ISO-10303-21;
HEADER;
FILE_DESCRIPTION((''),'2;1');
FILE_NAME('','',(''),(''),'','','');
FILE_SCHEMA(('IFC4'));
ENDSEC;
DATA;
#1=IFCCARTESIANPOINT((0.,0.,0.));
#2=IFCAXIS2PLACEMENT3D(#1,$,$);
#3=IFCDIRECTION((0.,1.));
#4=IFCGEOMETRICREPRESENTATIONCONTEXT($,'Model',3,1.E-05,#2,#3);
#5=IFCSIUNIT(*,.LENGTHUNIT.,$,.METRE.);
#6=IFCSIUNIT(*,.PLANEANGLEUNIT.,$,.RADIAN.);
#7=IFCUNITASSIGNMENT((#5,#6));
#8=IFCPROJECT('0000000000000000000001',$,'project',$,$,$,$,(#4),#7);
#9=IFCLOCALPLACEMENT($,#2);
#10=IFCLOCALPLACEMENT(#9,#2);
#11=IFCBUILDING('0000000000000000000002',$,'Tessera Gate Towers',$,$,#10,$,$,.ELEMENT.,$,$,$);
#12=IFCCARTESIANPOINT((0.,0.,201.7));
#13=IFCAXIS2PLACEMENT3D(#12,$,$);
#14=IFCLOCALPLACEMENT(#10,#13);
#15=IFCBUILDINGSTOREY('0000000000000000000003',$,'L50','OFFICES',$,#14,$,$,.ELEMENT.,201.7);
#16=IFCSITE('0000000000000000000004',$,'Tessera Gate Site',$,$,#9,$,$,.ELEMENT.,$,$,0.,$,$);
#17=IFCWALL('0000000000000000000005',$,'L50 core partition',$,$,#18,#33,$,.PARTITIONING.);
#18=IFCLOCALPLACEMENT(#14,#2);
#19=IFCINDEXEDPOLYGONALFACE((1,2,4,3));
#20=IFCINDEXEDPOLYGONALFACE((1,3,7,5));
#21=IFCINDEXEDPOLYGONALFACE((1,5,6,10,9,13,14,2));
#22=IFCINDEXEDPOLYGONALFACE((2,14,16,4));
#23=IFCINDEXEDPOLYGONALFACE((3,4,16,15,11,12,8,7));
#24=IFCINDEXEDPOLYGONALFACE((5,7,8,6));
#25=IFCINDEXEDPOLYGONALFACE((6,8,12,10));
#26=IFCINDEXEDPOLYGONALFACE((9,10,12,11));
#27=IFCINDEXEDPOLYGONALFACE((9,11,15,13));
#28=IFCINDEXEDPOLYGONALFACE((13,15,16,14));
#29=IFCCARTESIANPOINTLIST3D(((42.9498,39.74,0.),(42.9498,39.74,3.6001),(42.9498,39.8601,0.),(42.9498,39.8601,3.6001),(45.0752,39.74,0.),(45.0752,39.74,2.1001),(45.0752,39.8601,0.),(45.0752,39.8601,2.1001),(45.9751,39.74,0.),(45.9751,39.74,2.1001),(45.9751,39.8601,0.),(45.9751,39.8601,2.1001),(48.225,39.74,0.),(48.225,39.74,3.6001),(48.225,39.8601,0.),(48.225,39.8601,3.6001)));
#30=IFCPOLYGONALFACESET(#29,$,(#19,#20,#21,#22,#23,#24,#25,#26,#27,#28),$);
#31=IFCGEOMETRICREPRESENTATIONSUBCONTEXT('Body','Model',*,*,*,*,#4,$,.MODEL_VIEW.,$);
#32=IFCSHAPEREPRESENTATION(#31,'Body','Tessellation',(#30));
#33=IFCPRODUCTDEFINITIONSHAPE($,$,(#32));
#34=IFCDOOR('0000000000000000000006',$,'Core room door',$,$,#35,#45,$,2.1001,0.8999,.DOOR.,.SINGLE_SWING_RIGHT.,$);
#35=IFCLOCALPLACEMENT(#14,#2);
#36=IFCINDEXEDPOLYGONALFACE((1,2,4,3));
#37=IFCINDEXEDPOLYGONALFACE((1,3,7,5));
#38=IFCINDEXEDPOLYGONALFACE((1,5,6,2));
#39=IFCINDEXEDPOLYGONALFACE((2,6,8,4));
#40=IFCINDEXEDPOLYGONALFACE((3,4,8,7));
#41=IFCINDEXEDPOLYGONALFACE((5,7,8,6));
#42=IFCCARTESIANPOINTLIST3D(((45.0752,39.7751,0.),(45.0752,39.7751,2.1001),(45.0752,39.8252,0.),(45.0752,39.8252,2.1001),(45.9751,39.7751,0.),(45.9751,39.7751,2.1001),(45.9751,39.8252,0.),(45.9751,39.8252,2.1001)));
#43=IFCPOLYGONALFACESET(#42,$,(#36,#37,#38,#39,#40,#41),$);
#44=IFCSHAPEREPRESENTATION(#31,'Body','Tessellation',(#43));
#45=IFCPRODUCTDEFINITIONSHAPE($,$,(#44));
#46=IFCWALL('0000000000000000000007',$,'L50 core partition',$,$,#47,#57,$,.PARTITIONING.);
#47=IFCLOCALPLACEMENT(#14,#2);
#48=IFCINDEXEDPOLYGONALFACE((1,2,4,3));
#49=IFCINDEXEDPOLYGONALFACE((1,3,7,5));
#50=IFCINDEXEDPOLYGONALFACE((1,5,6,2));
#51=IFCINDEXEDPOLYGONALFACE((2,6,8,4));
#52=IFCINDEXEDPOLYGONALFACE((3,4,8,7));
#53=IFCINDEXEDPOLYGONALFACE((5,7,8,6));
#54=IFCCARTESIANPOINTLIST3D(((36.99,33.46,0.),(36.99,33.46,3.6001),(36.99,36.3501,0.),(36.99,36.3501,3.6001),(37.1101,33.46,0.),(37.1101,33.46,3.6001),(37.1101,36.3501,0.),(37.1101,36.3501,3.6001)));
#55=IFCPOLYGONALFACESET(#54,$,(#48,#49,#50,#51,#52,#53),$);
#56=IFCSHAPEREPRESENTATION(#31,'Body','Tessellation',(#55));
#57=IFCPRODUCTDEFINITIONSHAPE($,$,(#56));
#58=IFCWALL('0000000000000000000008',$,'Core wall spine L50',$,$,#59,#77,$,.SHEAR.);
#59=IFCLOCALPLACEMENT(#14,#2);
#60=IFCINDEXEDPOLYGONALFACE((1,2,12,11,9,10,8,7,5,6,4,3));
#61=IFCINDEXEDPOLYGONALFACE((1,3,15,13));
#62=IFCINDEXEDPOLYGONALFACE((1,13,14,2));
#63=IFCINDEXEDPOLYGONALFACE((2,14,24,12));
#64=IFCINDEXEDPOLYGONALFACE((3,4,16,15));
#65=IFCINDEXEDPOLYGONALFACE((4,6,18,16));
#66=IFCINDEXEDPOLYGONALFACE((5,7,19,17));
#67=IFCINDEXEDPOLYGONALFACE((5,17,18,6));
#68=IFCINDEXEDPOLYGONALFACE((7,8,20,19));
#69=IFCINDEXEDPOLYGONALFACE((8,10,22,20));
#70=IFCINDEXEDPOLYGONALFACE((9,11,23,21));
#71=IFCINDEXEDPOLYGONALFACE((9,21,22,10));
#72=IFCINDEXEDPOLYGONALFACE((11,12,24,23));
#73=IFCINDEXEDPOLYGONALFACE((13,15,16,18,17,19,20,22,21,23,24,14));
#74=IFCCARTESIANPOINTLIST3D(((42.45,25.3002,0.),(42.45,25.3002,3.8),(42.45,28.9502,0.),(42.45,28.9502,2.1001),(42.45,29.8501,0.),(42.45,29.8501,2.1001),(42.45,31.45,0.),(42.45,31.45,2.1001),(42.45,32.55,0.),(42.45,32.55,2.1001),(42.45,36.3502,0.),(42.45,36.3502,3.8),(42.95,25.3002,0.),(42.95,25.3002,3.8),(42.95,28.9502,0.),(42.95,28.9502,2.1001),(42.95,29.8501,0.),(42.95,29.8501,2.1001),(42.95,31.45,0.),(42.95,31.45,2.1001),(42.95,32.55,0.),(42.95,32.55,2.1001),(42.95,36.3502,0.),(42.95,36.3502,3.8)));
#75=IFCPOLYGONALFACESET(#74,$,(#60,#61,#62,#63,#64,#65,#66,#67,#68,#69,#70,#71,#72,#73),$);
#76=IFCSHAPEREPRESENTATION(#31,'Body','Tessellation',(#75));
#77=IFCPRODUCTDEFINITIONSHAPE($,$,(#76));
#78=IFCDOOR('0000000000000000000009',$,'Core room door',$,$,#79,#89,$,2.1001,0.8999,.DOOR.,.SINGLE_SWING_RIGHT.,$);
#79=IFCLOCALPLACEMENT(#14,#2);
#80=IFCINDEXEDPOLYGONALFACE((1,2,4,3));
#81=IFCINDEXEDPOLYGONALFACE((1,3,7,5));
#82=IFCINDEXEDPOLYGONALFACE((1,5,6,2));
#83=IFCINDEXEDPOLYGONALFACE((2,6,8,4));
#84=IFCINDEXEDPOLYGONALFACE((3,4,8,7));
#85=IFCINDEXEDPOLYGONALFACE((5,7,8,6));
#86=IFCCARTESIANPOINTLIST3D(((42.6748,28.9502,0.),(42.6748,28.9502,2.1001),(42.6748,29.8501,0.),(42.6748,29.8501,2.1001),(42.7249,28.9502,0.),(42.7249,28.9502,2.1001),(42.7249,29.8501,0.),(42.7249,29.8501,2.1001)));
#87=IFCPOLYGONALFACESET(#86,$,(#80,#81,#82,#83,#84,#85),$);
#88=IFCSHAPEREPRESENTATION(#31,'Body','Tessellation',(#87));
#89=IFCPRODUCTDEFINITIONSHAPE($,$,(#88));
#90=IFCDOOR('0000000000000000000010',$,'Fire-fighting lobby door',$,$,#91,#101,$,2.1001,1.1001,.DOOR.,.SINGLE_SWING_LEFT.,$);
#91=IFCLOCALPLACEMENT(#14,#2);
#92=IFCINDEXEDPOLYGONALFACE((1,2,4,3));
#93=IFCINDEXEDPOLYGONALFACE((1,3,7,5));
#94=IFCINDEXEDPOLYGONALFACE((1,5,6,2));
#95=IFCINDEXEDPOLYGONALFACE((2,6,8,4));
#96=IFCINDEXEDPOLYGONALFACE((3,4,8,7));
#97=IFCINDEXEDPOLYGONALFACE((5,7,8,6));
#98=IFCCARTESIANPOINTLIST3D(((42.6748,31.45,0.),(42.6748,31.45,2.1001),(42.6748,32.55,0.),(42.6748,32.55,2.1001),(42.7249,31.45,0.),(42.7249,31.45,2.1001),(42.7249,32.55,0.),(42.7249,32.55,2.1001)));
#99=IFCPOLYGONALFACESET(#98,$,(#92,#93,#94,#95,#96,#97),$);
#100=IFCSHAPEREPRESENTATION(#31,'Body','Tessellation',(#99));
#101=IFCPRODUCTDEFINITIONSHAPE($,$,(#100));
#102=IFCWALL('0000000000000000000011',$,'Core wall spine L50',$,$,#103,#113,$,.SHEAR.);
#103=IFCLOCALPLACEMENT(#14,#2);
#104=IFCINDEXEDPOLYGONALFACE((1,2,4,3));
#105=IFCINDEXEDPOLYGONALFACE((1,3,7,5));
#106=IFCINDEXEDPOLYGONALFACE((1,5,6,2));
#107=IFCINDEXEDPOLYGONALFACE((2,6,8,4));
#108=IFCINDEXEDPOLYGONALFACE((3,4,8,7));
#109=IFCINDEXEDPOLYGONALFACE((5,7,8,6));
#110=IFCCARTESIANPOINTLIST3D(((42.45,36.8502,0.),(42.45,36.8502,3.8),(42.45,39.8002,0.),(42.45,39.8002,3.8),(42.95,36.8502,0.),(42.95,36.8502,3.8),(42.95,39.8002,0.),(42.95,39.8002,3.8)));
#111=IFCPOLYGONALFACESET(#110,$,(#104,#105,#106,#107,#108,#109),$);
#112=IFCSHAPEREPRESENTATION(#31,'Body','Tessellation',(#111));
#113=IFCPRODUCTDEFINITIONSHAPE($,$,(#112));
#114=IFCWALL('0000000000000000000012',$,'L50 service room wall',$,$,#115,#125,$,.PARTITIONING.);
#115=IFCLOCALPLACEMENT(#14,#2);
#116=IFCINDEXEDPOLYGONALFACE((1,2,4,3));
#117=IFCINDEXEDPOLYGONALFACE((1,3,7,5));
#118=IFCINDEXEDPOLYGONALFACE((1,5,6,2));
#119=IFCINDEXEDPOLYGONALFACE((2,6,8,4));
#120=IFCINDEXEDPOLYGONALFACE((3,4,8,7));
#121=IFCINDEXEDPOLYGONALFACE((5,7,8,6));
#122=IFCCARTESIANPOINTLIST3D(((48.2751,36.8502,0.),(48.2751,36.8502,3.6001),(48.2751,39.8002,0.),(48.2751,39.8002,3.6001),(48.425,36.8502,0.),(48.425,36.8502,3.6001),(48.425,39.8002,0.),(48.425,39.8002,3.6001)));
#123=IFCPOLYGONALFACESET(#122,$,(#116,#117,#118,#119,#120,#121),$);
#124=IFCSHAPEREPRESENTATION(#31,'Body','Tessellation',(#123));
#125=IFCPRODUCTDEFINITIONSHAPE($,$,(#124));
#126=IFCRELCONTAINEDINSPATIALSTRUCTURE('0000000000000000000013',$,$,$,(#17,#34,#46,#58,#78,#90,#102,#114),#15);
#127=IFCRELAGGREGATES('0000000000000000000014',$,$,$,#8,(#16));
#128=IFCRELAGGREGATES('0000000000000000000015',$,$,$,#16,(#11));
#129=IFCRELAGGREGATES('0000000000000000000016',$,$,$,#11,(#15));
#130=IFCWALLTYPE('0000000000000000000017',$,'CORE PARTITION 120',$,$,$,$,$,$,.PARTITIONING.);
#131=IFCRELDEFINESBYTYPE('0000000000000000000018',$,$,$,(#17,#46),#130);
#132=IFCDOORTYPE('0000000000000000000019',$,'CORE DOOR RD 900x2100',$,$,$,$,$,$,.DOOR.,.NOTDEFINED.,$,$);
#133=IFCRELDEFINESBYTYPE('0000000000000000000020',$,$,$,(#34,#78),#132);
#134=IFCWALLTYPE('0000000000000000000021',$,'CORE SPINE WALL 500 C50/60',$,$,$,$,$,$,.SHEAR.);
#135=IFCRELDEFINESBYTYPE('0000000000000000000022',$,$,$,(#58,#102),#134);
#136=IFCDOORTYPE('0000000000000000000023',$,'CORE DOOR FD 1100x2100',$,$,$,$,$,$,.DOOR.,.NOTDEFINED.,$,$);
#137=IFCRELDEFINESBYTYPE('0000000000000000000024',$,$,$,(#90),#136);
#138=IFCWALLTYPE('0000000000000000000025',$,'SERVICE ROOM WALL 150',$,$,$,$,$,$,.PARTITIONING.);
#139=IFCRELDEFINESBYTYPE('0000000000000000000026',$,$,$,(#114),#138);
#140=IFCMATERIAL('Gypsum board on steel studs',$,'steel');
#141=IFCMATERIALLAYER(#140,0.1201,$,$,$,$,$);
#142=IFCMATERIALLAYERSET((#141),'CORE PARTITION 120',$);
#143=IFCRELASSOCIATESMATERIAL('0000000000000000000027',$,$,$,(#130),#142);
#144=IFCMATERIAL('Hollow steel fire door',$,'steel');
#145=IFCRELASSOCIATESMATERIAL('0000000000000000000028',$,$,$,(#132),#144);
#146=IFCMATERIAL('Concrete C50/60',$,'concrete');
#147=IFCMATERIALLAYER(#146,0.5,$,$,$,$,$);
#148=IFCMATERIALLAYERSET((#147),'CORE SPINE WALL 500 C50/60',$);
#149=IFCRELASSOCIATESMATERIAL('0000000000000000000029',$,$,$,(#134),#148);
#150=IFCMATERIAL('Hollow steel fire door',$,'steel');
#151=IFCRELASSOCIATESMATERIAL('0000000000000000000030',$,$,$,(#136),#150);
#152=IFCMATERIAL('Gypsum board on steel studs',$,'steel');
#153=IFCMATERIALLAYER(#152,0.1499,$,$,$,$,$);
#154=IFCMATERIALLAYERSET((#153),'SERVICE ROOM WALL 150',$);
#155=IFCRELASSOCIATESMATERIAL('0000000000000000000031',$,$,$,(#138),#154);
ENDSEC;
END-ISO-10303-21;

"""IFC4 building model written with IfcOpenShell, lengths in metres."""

from ifc_helpers import new_model, si_unit, direction, frame, frame_2d, origin, place, context, subcontext, project, spatial, rectangle, extrude, source, transform, mapped, material, layer, layer_set, type_object, element, fill, save


model = new_model("IFC4")

# Units and contexts
model_context = context("Model", 3, precision=1e-05, world=origin(), true_north=direction((0.0, 1.0)))
body_context = subcontext(model_context, "Body", "Model", "MODEL_VIEW")
ifc_project = project(units=[si_unit("LENGTHUNIT", "METRE"), si_unit("PLANEANGLEUNIT", "RADIAN")], contexts=[model_context])

# Site, building, storey
site_placement = place(None, origin())
site = spatial("IfcSite", under=ifc_project, at=site_placement, Name="Tessera Gate Site", CompositionType="ELEMENT", RefElevation=0.0)
building_placement = place(site_placement, origin())
building = spatial("IfcBuilding", under=site, at=building_placement, Name="Tessera Gate Towers", CompositionType="ELEMENT")
storey_placement = place(building_placement, frame((0.0, 0.0, 201.7)))
storey = spatial("IfcBuildingStorey", under=building, at=storey_placement, Name="L50", Description="OFFICES", CompositionType="ELEMENT", Elevation=201.7)

# Wall, opening, door
ifc_material_1 = material(Name="Gypsum board on steel studs", Category="steel")
ifc_layer_1 = layer(ifc_material_1, 0.1201)
ifc_layer_set_1 = layer_set([ifc_layer_1], Name="CORE PARTITION 120")
wall_type_1 = type_object("IfcWallType", Name="CORE PARTITION 120", PredefinedType="PARTITIONING", material=ifc_layer_set_1)
wall_1_placement = place(storey_placement, frame((48.2251, 39.8, 0.0), z_axis=(0.0, 0.0, 1.0), x_axis=(-1.0, 0.0, 0.0)))
wall_1 = element("IfcWall", 1, at=wall_1_placement, inside=storey, type_object=wall_type_1, Name="L50 core partition", PredefinedType="PARTITIONING", context=body_context, shape_type="SweptSolid", body=[
    extrude(rectangle(XDim=5.2751, YDim=0.1201, at=frame_2d((2.6377, 0.0))), origin(), (0.0, 0.0, 1.0), 3.6001),
])
shared_shape_1 = source(origin(), body_context, "Body", "SweptSolid", [
    extrude(rectangle(XDim=0.8999, YDim=2.1001, at=frame_2d((0.45, 1.05))), frame((0.0, 0.0701, 0.0), z_axis=(0.0, -1.0, 0.0), x_axis=(1.0, 0.0, 0.0)), (0.0, 0.0, 1.0), 0.1401),
])
opening_1_placement = place(wall_1_placement, frame((2.25, 0.0, 0.0)))
opening_1 = element("IfcOpeningElement", 2, at=opening_1_placement, cuts=wall_1, PredefinedType="OPENING", context=body_context, shape_type="MappedRepresentation", body=[
    mapped(shared_shape_1, transform((0.0, 0.0, 0.0), scale=1.0)),
])
ifc_material_2 = material(Name="Hollow steel fire door", Category="steel")
door_type_1 = type_object("IfcDoorType", Name="CORE DOOR RD 900x2100", OperationType="NOTDEFINED", PredefinedType="DOOR", material=ifc_material_2)
shared_shape_2 = source(origin(), body_context, "Body", "SweptSolid", [
    extrude(rectangle(XDim=0.8999, YDim=2.1001, at=frame_2d((0.45, 1.05))), frame((0.0, 0.0249, 0.0), z_axis=(0.0, -1.0, 0.0), x_axis=(1.0, 0.0, 0.0)), (0.0, 0.0, 1.0), 0.05),
])
door_1_placement = place(opening_1_placement, origin())
door_1 = element("IfcDoor", 3, at=door_1_placement, inside=storey, type_object=door_type_1, Name="Core room door", OperationType="SINGLE_SWING_RIGHT", OverallHeight=2.1001, OverallWidth=0.8999, PredefinedType="DOOR", context=body_context, shape_type="MappedRepresentation", body=[
    mapped(shared_shape_2, transform((0.0, 0.0, 0.0), scale=1.0)),
])
fill(opening_1, door_1)

# Wall
wall_2_placement = place(storey_placement, frame((37.05, 33.46, 0.0), z_axis=(0.0, 0.0, 1.0), x_axis=(0.0, 1.0, 0.0)))
element("IfcWall", 4, at=wall_2_placement, inside=storey, type_object=wall_type_1, Name="L50 core partition", PredefinedType="PARTITIONING", context=body_context, shape_type="SweptSolid", body=[
    extrude(rectangle(XDim=2.8901, YDim=0.1201, at=frame_2d((1.4451, 0.0))), origin(), (0.0, 0.0, 1.0), 3.6001),
])

# Wall, openings, doors
ifc_material_3 = material(Name="Concrete C50/60", Category="concrete")
ifc_layer_2 = layer(ifc_material_3, 0.5)
ifc_layer_set_2 = layer_set([ifc_layer_2], Name="CORE SPINE WALL 500 C50/60")
wall_type_2 = type_object("IfcWallType", Name="CORE SPINE WALL 500 C50/60", PredefinedType="SHEAR", material=ifc_layer_set_2)
wall_3_placement = place(storey_placement, frame((42.7, 36.3501, 0.0), z_axis=(0.0, 0.0, 1.0), x_axis=(0.0, -1.0, 0.0)))
wall_3 = element("IfcWall", 5, at=wall_3_placement, inside=storey, type_object=wall_type_2, Name="Core wall spine L50", PredefinedType="SHEAR", context=body_context, shape_type="SweptSolid", body=[
    extrude(rectangle(XDim=11.05, YDim=0.5, at=frame_2d((5.5249, 0.0))), origin(), (0.0, 0.0, 1.0), 3.8),
])
shared_shape_3 = source(origin(), body_context, "Body", "SweptSolid", [
    extrude(rectangle(XDim=0.8999, YDim=2.1001, at=frame_2d((0.45, 1.05))), frame((0.0, 0.26, 0.0), z_axis=(0.0, -1.0, 0.0), x_axis=(1.0, 0.0, 0.0)), (0.0, 0.0, 1.0), 0.52),
])
opening_2_placement = place(wall_3_placement, frame((6.5, 0.0, 0.0)))
opening_2 = element("IfcOpeningElement", 6, at=opening_2_placement, cuts=wall_3, PredefinedType="OPENING", context=body_context, shape_type="MappedRepresentation", body=[
    mapped(shared_shape_3, transform((0.0, 0.0, 0.0), scale=1.0)),
])
shared_shape_4 = source(origin(), body_context, "Body", "SweptSolid", [
    extrude(rectangle(XDim=1.1001, YDim=2.1001, at=frame_2d((0.55, 1.05))), frame((0.0, 0.26, 0.0), z_axis=(0.0, -1.0, 0.0), x_axis=(1.0, 0.0, 0.0)), (0.0, 0.0, 1.0), 0.52),
])
opening_3_placement = place(wall_3_placement, frame((3.8, 0.0, 0.0)))
opening_3 = element("IfcOpeningElement", 7, at=opening_3_placement, cuts=wall_3, PredefinedType="OPENING", context=body_context, shape_type="MappedRepresentation", body=[
    mapped(shared_shape_4, transform((0.0, 0.0, 0.0), scale=1.0)),
])
door_2_placement = place(opening_2_placement, origin())
door_2 = element("IfcDoor", 8, at=door_2_placement, inside=storey, type_object=door_type_1, Name="Core room door", OperationType="SINGLE_SWING_RIGHT", OverallHeight=2.1001, OverallWidth=0.8999, PredefinedType="DOOR", context=body_context, shape_type="MappedRepresentation", body=[
    mapped(shared_shape_2, transform((0.0, 0.0, 0.0), scale=1.0)),
])
fill(opening_2, door_2)
ifc_material_4 = material(Name="Hollow steel fire door", Category="steel")
door_type_2 = type_object("IfcDoorType", Name="CORE DOOR FD 1100x2100", OperationType="NOTDEFINED", PredefinedType="DOOR", material=ifc_material_4)
shared_shape_5 = source(origin(), body_context, "Body", "SweptSolid", [
    extrude(rectangle(XDim=1.1001, YDim=2.1001, at=frame_2d((0.55, 1.05))), frame((0.0, 0.0249, 0.0), z_axis=(0.0, -1.0, 0.0), x_axis=(1.0, 0.0, 0.0)), (0.0, 0.0, 1.0), 0.05),
])
door_3_placement = place(opening_3_placement, origin())
door_3 = element("IfcDoor", 9, at=door_3_placement, inside=storey, type_object=door_type_2, Name="Fire-fighting lobby door", OperationType="SINGLE_SWING_LEFT", OverallHeight=2.1001, OverallWidth=1.1001, PredefinedType="DOOR", context=body_context, shape_type="MappedRepresentation", body=[
    mapped(shared_shape_5, transform((0.0, 0.0, 0.0), scale=1.0)),
])
fill(opening_3, door_3)

# Walls
wall_4_placement = place(storey_placement, frame((42.7, 36.8501, 0.0), z_axis=(0.0, 0.0, 1.0), x_axis=(0.0, 1.0, 0.0)))
element("IfcWall", 10, at=wall_4_placement, inside=storey, type_object=wall_type_2, Name="Core wall spine L50", PredefinedType="SHEAR", context=body_context, shape_type="SweptSolid", body=[
    extrude(rectangle(XDim=2.95, YDim=0.5, at=frame_2d((1.4751, 0.0))), origin(), (0.0, 0.0, 1.0), 3.8),
])
ifc_material_5 = material(Name="Gypsum board on steel studs", Category="steel")
ifc_layer_3 = layer(ifc_material_5, 0.1499)
ifc_layer_set_3 = layer_set([ifc_layer_3], Name="SERVICE ROOM WALL 150")
wall_type_3 = type_object("IfcWallType", Name="SERVICE ROOM WALL 150", PredefinedType="PARTITIONING", material=ifc_layer_set_3)
wall_5_placement = place(storey_placement, frame((48.3501, 36.8501, 0.0), z_axis=(0.0, 0.0, 1.0), x_axis=(0.0, 1.0, 0.0)))
element("IfcWall", 11, at=wall_5_placement, inside=storey, type_object=wall_type_3, Name="L50 service room wall", PredefinedType="PARTITIONING", context=body_context, shape_type="SweptSolid", body=[
    extrude(rectangle(XDim=2.95, YDim=0.1499, at=frame_2d((1.4751, 0.0))), origin(), (0.0, 0.0, 1.0), 3.6001),
])

save(model, "model.ifc")
